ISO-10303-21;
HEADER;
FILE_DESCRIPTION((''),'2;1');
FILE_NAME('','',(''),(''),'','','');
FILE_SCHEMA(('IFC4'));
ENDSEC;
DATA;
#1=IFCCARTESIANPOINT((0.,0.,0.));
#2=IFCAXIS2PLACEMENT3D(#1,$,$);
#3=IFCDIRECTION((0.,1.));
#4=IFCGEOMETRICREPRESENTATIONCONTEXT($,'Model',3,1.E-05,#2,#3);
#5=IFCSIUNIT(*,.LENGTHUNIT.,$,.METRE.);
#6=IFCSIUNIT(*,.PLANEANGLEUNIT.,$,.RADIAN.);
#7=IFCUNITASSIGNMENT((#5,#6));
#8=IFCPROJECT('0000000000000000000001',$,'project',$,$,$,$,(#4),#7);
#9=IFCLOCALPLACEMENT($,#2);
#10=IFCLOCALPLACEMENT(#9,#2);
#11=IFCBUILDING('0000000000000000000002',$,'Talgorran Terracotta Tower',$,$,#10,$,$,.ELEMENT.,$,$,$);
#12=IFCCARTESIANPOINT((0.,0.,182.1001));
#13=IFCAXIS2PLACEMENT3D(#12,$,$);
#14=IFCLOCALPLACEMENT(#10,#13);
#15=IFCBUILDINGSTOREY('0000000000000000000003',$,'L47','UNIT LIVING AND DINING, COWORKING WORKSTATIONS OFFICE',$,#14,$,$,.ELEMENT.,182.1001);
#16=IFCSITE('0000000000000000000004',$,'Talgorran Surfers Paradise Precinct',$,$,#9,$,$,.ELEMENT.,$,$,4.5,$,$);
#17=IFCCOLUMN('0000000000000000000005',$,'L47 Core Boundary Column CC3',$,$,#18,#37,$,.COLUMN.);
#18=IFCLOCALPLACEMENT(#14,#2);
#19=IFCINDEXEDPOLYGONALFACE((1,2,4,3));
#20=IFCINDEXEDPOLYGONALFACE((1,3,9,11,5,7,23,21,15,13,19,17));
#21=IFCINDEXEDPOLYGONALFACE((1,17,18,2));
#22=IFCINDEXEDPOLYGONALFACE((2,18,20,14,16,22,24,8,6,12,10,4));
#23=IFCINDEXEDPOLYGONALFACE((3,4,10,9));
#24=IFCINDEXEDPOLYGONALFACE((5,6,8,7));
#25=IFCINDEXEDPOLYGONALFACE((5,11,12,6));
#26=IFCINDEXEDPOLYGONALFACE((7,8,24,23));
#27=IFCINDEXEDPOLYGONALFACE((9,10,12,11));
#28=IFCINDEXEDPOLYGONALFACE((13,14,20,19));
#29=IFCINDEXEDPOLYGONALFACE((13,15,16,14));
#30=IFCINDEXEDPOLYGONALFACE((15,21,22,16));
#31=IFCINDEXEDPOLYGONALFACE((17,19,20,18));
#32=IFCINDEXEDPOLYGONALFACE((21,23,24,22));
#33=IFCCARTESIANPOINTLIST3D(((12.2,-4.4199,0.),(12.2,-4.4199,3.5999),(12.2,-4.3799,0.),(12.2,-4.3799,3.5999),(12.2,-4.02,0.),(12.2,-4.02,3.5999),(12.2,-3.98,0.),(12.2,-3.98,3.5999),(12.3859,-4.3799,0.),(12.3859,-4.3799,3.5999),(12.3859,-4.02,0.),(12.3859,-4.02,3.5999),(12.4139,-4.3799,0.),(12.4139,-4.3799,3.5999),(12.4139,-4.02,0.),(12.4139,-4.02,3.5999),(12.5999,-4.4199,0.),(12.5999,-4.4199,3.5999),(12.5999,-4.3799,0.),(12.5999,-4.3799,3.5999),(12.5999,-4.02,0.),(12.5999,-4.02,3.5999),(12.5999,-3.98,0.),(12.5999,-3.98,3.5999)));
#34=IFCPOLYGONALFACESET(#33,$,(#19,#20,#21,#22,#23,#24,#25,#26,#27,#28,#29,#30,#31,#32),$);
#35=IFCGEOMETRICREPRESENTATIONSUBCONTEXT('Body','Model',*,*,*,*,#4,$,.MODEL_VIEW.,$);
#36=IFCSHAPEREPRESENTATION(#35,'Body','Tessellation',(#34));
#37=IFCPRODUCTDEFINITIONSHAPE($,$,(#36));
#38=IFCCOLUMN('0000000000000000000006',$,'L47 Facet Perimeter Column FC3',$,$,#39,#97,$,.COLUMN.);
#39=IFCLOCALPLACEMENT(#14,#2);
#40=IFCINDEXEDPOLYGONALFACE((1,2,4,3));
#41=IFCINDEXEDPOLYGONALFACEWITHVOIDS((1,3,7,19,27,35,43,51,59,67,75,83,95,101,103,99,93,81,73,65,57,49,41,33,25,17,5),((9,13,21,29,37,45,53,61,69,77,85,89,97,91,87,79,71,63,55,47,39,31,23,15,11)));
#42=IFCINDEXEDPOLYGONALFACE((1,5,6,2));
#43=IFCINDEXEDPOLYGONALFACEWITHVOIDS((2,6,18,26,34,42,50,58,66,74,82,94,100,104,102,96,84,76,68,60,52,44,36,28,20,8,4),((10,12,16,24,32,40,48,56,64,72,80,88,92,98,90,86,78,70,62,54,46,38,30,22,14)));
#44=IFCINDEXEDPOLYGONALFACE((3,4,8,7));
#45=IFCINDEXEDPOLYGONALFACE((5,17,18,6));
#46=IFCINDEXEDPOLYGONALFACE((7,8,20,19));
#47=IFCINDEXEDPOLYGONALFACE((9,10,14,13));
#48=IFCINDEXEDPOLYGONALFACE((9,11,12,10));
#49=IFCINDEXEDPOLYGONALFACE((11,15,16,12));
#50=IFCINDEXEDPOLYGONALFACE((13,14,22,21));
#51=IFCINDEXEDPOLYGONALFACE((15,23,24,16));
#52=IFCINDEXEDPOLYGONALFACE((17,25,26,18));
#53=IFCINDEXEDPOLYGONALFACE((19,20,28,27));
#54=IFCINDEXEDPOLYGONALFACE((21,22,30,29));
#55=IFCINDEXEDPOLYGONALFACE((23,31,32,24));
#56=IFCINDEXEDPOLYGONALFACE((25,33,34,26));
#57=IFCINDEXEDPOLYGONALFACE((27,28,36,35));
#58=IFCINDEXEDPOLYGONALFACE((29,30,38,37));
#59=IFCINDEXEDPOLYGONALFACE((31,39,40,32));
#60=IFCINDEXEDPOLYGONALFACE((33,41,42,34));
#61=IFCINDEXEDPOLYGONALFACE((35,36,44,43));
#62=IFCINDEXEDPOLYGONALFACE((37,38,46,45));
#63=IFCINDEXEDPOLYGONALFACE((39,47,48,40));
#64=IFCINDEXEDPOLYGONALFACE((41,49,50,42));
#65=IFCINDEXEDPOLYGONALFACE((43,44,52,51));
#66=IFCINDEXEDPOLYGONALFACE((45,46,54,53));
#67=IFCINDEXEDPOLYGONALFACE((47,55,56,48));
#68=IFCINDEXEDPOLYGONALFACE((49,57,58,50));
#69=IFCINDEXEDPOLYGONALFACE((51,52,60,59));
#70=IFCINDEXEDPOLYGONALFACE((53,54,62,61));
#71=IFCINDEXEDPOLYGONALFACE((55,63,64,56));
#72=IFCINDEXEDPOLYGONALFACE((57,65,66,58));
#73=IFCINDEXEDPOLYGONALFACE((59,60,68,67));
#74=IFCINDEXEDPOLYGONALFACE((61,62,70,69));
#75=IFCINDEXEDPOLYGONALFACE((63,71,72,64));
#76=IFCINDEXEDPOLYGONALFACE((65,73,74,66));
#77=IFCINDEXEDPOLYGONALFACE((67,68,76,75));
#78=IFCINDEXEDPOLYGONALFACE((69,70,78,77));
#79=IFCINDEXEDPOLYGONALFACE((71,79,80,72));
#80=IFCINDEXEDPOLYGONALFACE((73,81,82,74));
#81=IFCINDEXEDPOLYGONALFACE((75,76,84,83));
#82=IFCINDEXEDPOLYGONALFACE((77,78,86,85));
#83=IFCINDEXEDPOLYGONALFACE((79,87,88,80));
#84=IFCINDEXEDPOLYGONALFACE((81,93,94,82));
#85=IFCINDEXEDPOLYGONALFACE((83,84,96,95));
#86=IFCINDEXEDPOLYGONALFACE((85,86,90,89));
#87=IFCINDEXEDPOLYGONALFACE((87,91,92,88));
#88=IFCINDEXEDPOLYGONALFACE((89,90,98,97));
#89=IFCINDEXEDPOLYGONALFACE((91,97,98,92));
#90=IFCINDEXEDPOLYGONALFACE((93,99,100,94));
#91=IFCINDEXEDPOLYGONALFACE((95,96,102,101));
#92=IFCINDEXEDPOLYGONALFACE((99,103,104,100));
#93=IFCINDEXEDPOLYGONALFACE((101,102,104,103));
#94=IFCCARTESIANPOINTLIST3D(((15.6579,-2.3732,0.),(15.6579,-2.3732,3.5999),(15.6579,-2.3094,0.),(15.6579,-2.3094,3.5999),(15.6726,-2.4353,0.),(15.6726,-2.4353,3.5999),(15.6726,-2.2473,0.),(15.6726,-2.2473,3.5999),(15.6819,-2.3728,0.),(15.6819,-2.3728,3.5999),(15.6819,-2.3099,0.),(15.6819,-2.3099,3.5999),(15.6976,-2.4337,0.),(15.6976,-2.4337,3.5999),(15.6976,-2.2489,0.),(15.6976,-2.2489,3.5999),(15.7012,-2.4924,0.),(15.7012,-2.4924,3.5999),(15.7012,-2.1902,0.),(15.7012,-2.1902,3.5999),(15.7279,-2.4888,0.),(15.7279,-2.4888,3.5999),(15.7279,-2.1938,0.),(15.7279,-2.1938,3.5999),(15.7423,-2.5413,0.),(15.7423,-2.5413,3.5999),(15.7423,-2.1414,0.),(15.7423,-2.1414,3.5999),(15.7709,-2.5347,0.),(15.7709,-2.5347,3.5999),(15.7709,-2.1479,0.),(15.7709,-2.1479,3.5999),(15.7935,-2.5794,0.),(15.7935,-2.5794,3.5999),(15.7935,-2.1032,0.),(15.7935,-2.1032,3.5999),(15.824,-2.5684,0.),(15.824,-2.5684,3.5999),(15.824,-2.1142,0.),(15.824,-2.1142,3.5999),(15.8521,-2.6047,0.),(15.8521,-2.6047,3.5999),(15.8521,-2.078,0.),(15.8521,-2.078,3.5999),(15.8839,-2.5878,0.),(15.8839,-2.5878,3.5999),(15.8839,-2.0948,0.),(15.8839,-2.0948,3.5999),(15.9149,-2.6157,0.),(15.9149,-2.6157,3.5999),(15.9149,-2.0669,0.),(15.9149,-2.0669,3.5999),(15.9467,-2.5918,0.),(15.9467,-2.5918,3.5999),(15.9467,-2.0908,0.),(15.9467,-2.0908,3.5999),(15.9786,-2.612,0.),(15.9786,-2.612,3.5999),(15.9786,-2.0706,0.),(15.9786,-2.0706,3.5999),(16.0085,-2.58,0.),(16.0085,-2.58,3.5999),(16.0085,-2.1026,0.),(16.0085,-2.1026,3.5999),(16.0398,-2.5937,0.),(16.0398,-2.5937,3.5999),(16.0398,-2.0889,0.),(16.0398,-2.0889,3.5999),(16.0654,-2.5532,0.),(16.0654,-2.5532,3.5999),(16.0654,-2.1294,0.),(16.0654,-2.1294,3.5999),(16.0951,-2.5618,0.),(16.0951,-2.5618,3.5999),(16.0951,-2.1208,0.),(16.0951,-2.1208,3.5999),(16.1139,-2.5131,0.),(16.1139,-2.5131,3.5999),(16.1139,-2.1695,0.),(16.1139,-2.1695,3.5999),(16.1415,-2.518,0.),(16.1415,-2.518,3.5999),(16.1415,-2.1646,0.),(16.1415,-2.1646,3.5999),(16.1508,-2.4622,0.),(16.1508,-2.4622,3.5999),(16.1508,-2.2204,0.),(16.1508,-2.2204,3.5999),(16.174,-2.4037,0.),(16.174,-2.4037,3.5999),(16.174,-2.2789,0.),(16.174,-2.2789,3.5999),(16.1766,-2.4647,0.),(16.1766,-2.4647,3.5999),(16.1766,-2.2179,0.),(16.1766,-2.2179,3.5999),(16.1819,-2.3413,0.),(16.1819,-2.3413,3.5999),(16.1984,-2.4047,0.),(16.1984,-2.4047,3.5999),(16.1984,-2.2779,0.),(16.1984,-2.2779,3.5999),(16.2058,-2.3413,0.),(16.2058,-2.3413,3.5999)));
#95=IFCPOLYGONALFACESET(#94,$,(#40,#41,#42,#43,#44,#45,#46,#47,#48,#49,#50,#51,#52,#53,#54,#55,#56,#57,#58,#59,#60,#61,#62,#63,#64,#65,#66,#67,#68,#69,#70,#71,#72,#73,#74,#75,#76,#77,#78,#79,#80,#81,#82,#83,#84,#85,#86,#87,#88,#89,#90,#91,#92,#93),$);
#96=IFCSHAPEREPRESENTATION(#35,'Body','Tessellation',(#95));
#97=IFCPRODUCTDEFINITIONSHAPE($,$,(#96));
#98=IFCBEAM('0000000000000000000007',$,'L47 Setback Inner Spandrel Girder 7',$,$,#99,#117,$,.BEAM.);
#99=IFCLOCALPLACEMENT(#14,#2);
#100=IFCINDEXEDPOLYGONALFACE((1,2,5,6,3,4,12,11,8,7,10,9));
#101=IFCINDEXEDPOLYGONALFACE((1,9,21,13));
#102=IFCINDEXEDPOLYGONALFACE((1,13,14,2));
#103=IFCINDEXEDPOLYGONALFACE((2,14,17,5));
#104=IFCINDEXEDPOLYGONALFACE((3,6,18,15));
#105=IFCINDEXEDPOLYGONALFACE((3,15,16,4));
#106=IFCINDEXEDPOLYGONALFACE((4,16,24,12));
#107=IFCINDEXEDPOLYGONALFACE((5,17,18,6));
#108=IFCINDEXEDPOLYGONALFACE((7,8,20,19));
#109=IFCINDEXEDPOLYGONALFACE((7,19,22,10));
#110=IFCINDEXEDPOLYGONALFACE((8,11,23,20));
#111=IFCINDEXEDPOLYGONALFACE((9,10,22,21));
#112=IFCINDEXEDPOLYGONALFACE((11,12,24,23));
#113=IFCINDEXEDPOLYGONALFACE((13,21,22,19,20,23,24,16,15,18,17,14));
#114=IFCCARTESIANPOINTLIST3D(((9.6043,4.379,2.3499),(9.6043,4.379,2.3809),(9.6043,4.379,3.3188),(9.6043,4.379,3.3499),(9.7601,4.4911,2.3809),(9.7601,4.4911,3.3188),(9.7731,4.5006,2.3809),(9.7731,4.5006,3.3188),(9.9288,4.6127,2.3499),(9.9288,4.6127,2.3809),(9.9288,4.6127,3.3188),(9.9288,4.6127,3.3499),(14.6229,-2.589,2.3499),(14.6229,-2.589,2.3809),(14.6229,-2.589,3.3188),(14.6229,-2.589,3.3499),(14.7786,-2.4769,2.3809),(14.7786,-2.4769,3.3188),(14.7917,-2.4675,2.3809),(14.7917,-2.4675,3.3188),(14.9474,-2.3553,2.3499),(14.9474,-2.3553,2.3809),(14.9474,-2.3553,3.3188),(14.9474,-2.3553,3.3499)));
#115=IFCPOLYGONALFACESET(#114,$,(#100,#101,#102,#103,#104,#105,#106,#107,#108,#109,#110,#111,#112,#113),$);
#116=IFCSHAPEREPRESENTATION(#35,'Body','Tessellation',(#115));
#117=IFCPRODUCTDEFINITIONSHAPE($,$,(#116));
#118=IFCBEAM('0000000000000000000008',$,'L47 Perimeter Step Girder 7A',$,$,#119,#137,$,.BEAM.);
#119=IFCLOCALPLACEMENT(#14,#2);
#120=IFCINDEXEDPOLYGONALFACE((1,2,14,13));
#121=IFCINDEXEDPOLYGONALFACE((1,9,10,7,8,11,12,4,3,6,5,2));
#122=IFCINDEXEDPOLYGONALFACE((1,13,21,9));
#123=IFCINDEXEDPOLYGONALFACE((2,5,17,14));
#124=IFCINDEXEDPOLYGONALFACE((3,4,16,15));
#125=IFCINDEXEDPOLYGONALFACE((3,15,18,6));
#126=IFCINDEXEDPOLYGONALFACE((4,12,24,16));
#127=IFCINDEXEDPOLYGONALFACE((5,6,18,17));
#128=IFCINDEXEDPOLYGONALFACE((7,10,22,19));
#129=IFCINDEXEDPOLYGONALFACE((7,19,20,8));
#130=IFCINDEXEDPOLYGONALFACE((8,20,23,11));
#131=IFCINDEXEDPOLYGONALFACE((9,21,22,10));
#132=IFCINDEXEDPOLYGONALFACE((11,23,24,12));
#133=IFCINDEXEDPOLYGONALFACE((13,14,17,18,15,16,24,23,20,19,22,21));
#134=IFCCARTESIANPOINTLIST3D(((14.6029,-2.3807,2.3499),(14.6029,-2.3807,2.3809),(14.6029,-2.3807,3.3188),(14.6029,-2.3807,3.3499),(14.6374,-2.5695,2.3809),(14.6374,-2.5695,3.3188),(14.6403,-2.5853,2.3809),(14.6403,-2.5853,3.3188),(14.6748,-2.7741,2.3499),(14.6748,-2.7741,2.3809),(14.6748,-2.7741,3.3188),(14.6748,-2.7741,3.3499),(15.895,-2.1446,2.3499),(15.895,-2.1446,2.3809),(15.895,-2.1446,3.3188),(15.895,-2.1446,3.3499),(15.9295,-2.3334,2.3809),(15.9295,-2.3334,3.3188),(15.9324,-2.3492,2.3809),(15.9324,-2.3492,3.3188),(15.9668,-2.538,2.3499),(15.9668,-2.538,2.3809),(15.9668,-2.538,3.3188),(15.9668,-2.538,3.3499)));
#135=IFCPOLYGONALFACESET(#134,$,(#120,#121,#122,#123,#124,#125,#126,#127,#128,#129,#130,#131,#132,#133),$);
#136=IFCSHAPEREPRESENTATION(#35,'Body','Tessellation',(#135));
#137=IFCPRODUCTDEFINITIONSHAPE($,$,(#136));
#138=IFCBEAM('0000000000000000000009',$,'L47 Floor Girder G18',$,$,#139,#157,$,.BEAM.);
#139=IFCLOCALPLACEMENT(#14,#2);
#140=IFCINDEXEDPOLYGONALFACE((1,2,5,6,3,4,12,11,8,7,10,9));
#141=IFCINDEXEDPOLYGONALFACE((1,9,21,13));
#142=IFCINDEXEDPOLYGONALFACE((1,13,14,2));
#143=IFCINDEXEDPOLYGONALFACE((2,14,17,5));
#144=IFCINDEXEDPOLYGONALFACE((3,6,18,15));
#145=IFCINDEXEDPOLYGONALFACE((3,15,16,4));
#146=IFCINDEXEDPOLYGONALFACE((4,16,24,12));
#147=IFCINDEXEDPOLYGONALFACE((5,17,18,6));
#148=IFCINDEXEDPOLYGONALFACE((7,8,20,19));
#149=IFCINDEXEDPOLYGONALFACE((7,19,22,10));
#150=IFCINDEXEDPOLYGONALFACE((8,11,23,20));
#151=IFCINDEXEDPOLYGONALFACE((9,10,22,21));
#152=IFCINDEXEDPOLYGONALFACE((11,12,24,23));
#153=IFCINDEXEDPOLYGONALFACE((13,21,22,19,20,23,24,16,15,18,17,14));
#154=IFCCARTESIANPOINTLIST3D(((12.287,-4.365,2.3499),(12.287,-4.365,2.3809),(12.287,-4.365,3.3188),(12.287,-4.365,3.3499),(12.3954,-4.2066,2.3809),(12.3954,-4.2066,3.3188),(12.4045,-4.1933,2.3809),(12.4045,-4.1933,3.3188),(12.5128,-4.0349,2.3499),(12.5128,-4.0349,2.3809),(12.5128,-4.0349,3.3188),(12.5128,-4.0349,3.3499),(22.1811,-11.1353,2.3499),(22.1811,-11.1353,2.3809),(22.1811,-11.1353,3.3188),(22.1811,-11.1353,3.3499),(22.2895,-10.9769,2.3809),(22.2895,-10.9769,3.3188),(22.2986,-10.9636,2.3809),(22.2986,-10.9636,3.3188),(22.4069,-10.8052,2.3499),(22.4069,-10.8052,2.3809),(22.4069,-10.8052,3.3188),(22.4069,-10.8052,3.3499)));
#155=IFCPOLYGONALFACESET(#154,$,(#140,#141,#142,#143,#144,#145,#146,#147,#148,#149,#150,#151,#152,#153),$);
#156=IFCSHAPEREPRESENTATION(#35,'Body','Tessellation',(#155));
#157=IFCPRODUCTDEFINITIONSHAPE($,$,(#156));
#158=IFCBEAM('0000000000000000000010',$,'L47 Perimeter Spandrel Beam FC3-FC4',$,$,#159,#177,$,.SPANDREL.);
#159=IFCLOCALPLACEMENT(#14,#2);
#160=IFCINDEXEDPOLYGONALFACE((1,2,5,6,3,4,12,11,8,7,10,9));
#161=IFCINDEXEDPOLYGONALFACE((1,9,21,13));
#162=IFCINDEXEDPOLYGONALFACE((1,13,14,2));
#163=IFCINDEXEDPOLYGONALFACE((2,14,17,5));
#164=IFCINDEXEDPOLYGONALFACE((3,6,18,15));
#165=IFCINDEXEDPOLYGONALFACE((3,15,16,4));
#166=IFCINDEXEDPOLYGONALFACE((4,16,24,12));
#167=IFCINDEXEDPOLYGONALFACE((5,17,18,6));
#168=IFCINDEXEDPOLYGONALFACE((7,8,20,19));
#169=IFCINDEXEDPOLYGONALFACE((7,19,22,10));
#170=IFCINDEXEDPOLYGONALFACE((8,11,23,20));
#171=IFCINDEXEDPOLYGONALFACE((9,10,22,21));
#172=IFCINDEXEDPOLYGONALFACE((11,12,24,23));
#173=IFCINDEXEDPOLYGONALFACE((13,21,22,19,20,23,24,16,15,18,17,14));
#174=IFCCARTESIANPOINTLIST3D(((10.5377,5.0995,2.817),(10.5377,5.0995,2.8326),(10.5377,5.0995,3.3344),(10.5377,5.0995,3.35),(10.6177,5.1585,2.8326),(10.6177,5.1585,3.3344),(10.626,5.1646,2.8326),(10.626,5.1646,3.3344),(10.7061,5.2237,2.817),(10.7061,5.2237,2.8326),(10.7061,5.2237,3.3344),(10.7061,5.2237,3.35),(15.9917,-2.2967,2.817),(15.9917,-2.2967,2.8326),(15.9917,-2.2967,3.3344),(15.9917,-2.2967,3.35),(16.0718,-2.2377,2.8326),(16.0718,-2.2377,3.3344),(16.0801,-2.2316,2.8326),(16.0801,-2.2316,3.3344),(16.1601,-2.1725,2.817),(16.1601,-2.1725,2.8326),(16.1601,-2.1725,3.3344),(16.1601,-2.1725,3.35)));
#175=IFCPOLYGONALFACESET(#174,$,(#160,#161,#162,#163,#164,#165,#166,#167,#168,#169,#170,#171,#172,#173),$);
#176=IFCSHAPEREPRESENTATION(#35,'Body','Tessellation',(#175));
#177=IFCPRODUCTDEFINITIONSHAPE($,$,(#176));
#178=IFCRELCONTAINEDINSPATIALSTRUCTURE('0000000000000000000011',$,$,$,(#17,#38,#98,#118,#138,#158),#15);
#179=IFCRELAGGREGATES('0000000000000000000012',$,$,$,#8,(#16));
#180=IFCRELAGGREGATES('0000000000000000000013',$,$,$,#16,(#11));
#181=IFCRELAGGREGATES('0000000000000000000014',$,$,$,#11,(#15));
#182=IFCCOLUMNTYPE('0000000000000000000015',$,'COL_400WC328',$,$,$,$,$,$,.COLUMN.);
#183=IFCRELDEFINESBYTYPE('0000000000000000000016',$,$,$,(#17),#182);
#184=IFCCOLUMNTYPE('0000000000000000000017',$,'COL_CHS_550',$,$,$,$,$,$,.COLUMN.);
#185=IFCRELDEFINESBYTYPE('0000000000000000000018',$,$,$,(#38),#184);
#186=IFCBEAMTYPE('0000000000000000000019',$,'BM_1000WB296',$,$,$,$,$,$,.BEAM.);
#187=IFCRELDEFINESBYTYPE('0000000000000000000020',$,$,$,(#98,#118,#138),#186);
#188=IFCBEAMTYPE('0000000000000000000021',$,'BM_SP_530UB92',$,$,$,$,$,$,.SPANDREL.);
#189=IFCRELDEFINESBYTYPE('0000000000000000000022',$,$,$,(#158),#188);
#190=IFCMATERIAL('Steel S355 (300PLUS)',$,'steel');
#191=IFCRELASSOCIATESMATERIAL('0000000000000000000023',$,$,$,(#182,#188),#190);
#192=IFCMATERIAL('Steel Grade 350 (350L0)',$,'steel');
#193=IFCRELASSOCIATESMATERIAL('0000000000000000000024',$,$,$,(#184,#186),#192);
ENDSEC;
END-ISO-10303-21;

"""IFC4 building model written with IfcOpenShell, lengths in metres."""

from ifc_helpers import new_model, si_unit, direction, frame, origin, origin_2d, place, context, subcontext, project, spatial, hollow_circle, i_section, extrude, material, material_profile, profile_set, type_object, element, save


model = new_model("IFC4")

# Units and contexts
model_context = context("Model", 3, precision=1e-05, world=origin(), true_north=direction((0.0, 1.0)))
body_context = subcontext(model_context, "Body", "Model", "MODEL_VIEW")
ifc_project = project(units=[si_unit("LENGTHUNIT", "METRE"), si_unit("PLANEANGLEUNIT", "RADIAN")], contexts=[model_context])

# Site, building, storey
site_placement = place(None, origin())
site = spatial("IfcSite", under=ifc_project, at=site_placement, Name="Talgorran Surfers Paradise Precinct", CompositionType="ELEMENT", RefElevation=4.5)
building_placement = place(site_placement, origin())
building = spatial("IfcBuilding", under=site, at=building_placement, Name="Talgorran Terracotta Tower", CompositionType="ELEMENT")
storey_placement = place(building_placement, frame((0.0, 0.0, 182.1001)))
storey = spatial("IfcBuildingStorey", under=building, at=storey_placement, Name="L47", Description="UNIT LIVING AND DINING, COWORKING WORKSTATIONS OFFICE", CompositionType="ELEMENT", Elevation=182.1001)

# Columns
ifc_material_1 = material(Name="Steel S355 (300PLUS)", Category="steel")
ifc_material_profile_1 = material_profile(ifc_material_1, i_section(OverallWidth=0.3999, OverallDepth=0.4399, WebThickness=0.0281, FlangeThickness=0.04, at=origin_2d()), Name="400WC328")
ifc_profile_set_1 = profile_set([ifc_material_profile_1], Name="Steel S355 (300PLUS)")
column_type_1 = type_object("IfcColumnType", Name="COL_400WC328", PredefinedType="COLUMN", material=ifc_profile_set_1)
column_1_placement = place(storey_placement, frame((12.3999, -4.2, 0.0), z_axis=(0.0, 0.0, 1.0), x_axis=(1.0, 0.0, 0.0)))
element("IfcColumn", 1, at=column_1_placement, inside=storey, type_object=column_type_1, Name="L47 Core Boundary Column CC3", PredefinedType="COLUMN", context=body_context, shape_type="SweptSolid", body=[
    extrude(i_section(OverallWidth=0.3999, OverallDepth=0.4399, WebThickness=0.0281, FlangeThickness=0.04, at=origin_2d()), origin(), (0.0, 0.0, 1.0), 3.5999),
])
ifc_material_2 = material(Name="Steel Grade 350 (350L0)", Category="steel")
ifc_material_profile_2 = material_profile(ifc_material_2, hollow_circle(Radius=0.2749, WallThickness=0.0239, at=origin_2d()), Name="CHS550X24")
ifc_profile_set_2 = profile_set([ifc_material_profile_2], Name="Steel Grade 350 (350L0)")
column_type_2 = type_object("IfcColumnType", Name="COL_CHS_550", PredefinedType="COLUMN", material=ifc_profile_set_2)
column_2_placement = place(storey_placement, frame((15.9309, -2.3413, 0.0), z_axis=(0.0, 0.0, 1.0), x_axis=(1.0, 0.0, 0.0)))
element("IfcColumn", 2, at=column_2_placement, inside=storey, type_object=column_type_2, Name="L47 Facet Perimeter Column FC3", PredefinedType="COLUMN", context=body_context, shape_type="SweptSolid", body=[
    extrude(hollow_circle(Radius=0.2749, WallThickness=0.0239, at=origin_2d()), origin(), (0.0, 0.0, 1.0), 3.5999),
])

# Beams
ifc_material_profile_3 = material_profile(ifc_material_2, i_section(OverallWidth=0.3999, OverallDepth=1.0, WebThickness=0.0161, FlangeThickness=0.031, at=origin_2d()), Name="1000WB296")
ifc_profile_set_3 = profile_set([ifc_material_profile_3], Name="Steel Grade 350 (350L0)")
beam_type_1 = type_object("IfcBeamType", Name="BM_1000WB296", PredefinedType="BEAM", material=ifc_profile_set_3)
beam_1_placement = place(storey_placement, frame((14.7852, -2.4722, 2.8499), z_axis=(-0.584426, 0.811447, 0.0), x_axis=(-0.811447, -0.584426, 0.0)))
element("IfcBeam", 3, at=beam_1_placement, inside=storey, type_object=beam_type_1, Name="L47 Setback Inner Spandrel Girder 7", PredefinedType="BEAM", context=body_context, shape_type="SweptSolid", body=[
    extrude(i_section(OverallWidth=0.3999, OverallDepth=1.0, WebThickness=0.0161, FlangeThickness=0.031, at=origin_2d()), origin(), (0.0, 0.0, 1.0), 8.5872),
])
beam_2_placement = place(storey_placement, frame((15.9309, -2.3413, 2.8499), z_axis=(-0.983712, -0.179752, 0.0), x_axis=(0.179752, -0.983712, 0.0)))
element("IfcBeam", 4, at=beam_2_placement, inside=storey, type_object=beam_type_1, Name="L47 Perimeter Step Girder 7A", PredefinedType="BEAM", context=body_context, shape_type="SweptSolid", body=[
    extrude(i_section(OverallWidth=0.3999, OverallDepth=1.0, WebThickness=0.0161, FlangeThickness=0.031, at=origin_2d()), origin(), (0.0, 0.0, 1.0), 1.3135),
])
beam_3_placement = place(storey_placement, frame((12.3999, -4.2, 2.8499), z_axis=(0.825282, -0.564721, 0.0), x_axis=(0.564721, 0.825282, 0.0)))
element("IfcBeam", 5, at=beam_3_placement, inside=storey, type_object=beam_type_1, Name="L47 Floor Girder G18", PredefinedType="BEAM", context=body_context, shape_type="SweptSolid", body=[
    extrude(i_section(OverallWidth=0.3999, OverallDepth=1.0, WebThickness=0.0161, FlangeThickness=0.031, at=origin_2d()), origin(), (0.0, 0.0, 1.0), 11.9888),
])
ifc_material_profile_4 = material_profile(ifc_material_1, i_section(OverallWidth=0.2092, OverallDepth=0.533, WebThickness=0.0103, FlangeThickness=0.0156, at=origin_2d()), Name="530UB92.4")
ifc_profile_set_4 = profile_set([ifc_material_profile_4], Name="Steel S355 (300PLUS)")
beam_type_2 = type_object("IfcBeamType", Name="BM_SP_530UB92", PredefinedType="SPANDREL", material=ifc_profile_set_4)
beam_4_placement = place(storey_placement, frame((16.0759, -2.2346, 3.0835), z_axis=(-0.593498, 0.804835, 0.0), x_axis=(-0.804835, -0.593498, 0.0)))
element("IfcBeam", 6, at=beam_4_placement, inside=storey, type_object=beam_type_2, Name="L47 Perimeter Spandrel Beam FC3-FC4", PredefinedType="SPANDREL", context=body_context, shape_type="SweptSolid", body=[
    extrude(i_section(OverallWidth=0.2092, OverallDepth=0.533, WebThickness=0.0103, FlangeThickness=0.0156, at=origin_2d()), origin(), (0.0, 0.0, 1.0), 9.1897),
])

save(model, "model.ifc")
